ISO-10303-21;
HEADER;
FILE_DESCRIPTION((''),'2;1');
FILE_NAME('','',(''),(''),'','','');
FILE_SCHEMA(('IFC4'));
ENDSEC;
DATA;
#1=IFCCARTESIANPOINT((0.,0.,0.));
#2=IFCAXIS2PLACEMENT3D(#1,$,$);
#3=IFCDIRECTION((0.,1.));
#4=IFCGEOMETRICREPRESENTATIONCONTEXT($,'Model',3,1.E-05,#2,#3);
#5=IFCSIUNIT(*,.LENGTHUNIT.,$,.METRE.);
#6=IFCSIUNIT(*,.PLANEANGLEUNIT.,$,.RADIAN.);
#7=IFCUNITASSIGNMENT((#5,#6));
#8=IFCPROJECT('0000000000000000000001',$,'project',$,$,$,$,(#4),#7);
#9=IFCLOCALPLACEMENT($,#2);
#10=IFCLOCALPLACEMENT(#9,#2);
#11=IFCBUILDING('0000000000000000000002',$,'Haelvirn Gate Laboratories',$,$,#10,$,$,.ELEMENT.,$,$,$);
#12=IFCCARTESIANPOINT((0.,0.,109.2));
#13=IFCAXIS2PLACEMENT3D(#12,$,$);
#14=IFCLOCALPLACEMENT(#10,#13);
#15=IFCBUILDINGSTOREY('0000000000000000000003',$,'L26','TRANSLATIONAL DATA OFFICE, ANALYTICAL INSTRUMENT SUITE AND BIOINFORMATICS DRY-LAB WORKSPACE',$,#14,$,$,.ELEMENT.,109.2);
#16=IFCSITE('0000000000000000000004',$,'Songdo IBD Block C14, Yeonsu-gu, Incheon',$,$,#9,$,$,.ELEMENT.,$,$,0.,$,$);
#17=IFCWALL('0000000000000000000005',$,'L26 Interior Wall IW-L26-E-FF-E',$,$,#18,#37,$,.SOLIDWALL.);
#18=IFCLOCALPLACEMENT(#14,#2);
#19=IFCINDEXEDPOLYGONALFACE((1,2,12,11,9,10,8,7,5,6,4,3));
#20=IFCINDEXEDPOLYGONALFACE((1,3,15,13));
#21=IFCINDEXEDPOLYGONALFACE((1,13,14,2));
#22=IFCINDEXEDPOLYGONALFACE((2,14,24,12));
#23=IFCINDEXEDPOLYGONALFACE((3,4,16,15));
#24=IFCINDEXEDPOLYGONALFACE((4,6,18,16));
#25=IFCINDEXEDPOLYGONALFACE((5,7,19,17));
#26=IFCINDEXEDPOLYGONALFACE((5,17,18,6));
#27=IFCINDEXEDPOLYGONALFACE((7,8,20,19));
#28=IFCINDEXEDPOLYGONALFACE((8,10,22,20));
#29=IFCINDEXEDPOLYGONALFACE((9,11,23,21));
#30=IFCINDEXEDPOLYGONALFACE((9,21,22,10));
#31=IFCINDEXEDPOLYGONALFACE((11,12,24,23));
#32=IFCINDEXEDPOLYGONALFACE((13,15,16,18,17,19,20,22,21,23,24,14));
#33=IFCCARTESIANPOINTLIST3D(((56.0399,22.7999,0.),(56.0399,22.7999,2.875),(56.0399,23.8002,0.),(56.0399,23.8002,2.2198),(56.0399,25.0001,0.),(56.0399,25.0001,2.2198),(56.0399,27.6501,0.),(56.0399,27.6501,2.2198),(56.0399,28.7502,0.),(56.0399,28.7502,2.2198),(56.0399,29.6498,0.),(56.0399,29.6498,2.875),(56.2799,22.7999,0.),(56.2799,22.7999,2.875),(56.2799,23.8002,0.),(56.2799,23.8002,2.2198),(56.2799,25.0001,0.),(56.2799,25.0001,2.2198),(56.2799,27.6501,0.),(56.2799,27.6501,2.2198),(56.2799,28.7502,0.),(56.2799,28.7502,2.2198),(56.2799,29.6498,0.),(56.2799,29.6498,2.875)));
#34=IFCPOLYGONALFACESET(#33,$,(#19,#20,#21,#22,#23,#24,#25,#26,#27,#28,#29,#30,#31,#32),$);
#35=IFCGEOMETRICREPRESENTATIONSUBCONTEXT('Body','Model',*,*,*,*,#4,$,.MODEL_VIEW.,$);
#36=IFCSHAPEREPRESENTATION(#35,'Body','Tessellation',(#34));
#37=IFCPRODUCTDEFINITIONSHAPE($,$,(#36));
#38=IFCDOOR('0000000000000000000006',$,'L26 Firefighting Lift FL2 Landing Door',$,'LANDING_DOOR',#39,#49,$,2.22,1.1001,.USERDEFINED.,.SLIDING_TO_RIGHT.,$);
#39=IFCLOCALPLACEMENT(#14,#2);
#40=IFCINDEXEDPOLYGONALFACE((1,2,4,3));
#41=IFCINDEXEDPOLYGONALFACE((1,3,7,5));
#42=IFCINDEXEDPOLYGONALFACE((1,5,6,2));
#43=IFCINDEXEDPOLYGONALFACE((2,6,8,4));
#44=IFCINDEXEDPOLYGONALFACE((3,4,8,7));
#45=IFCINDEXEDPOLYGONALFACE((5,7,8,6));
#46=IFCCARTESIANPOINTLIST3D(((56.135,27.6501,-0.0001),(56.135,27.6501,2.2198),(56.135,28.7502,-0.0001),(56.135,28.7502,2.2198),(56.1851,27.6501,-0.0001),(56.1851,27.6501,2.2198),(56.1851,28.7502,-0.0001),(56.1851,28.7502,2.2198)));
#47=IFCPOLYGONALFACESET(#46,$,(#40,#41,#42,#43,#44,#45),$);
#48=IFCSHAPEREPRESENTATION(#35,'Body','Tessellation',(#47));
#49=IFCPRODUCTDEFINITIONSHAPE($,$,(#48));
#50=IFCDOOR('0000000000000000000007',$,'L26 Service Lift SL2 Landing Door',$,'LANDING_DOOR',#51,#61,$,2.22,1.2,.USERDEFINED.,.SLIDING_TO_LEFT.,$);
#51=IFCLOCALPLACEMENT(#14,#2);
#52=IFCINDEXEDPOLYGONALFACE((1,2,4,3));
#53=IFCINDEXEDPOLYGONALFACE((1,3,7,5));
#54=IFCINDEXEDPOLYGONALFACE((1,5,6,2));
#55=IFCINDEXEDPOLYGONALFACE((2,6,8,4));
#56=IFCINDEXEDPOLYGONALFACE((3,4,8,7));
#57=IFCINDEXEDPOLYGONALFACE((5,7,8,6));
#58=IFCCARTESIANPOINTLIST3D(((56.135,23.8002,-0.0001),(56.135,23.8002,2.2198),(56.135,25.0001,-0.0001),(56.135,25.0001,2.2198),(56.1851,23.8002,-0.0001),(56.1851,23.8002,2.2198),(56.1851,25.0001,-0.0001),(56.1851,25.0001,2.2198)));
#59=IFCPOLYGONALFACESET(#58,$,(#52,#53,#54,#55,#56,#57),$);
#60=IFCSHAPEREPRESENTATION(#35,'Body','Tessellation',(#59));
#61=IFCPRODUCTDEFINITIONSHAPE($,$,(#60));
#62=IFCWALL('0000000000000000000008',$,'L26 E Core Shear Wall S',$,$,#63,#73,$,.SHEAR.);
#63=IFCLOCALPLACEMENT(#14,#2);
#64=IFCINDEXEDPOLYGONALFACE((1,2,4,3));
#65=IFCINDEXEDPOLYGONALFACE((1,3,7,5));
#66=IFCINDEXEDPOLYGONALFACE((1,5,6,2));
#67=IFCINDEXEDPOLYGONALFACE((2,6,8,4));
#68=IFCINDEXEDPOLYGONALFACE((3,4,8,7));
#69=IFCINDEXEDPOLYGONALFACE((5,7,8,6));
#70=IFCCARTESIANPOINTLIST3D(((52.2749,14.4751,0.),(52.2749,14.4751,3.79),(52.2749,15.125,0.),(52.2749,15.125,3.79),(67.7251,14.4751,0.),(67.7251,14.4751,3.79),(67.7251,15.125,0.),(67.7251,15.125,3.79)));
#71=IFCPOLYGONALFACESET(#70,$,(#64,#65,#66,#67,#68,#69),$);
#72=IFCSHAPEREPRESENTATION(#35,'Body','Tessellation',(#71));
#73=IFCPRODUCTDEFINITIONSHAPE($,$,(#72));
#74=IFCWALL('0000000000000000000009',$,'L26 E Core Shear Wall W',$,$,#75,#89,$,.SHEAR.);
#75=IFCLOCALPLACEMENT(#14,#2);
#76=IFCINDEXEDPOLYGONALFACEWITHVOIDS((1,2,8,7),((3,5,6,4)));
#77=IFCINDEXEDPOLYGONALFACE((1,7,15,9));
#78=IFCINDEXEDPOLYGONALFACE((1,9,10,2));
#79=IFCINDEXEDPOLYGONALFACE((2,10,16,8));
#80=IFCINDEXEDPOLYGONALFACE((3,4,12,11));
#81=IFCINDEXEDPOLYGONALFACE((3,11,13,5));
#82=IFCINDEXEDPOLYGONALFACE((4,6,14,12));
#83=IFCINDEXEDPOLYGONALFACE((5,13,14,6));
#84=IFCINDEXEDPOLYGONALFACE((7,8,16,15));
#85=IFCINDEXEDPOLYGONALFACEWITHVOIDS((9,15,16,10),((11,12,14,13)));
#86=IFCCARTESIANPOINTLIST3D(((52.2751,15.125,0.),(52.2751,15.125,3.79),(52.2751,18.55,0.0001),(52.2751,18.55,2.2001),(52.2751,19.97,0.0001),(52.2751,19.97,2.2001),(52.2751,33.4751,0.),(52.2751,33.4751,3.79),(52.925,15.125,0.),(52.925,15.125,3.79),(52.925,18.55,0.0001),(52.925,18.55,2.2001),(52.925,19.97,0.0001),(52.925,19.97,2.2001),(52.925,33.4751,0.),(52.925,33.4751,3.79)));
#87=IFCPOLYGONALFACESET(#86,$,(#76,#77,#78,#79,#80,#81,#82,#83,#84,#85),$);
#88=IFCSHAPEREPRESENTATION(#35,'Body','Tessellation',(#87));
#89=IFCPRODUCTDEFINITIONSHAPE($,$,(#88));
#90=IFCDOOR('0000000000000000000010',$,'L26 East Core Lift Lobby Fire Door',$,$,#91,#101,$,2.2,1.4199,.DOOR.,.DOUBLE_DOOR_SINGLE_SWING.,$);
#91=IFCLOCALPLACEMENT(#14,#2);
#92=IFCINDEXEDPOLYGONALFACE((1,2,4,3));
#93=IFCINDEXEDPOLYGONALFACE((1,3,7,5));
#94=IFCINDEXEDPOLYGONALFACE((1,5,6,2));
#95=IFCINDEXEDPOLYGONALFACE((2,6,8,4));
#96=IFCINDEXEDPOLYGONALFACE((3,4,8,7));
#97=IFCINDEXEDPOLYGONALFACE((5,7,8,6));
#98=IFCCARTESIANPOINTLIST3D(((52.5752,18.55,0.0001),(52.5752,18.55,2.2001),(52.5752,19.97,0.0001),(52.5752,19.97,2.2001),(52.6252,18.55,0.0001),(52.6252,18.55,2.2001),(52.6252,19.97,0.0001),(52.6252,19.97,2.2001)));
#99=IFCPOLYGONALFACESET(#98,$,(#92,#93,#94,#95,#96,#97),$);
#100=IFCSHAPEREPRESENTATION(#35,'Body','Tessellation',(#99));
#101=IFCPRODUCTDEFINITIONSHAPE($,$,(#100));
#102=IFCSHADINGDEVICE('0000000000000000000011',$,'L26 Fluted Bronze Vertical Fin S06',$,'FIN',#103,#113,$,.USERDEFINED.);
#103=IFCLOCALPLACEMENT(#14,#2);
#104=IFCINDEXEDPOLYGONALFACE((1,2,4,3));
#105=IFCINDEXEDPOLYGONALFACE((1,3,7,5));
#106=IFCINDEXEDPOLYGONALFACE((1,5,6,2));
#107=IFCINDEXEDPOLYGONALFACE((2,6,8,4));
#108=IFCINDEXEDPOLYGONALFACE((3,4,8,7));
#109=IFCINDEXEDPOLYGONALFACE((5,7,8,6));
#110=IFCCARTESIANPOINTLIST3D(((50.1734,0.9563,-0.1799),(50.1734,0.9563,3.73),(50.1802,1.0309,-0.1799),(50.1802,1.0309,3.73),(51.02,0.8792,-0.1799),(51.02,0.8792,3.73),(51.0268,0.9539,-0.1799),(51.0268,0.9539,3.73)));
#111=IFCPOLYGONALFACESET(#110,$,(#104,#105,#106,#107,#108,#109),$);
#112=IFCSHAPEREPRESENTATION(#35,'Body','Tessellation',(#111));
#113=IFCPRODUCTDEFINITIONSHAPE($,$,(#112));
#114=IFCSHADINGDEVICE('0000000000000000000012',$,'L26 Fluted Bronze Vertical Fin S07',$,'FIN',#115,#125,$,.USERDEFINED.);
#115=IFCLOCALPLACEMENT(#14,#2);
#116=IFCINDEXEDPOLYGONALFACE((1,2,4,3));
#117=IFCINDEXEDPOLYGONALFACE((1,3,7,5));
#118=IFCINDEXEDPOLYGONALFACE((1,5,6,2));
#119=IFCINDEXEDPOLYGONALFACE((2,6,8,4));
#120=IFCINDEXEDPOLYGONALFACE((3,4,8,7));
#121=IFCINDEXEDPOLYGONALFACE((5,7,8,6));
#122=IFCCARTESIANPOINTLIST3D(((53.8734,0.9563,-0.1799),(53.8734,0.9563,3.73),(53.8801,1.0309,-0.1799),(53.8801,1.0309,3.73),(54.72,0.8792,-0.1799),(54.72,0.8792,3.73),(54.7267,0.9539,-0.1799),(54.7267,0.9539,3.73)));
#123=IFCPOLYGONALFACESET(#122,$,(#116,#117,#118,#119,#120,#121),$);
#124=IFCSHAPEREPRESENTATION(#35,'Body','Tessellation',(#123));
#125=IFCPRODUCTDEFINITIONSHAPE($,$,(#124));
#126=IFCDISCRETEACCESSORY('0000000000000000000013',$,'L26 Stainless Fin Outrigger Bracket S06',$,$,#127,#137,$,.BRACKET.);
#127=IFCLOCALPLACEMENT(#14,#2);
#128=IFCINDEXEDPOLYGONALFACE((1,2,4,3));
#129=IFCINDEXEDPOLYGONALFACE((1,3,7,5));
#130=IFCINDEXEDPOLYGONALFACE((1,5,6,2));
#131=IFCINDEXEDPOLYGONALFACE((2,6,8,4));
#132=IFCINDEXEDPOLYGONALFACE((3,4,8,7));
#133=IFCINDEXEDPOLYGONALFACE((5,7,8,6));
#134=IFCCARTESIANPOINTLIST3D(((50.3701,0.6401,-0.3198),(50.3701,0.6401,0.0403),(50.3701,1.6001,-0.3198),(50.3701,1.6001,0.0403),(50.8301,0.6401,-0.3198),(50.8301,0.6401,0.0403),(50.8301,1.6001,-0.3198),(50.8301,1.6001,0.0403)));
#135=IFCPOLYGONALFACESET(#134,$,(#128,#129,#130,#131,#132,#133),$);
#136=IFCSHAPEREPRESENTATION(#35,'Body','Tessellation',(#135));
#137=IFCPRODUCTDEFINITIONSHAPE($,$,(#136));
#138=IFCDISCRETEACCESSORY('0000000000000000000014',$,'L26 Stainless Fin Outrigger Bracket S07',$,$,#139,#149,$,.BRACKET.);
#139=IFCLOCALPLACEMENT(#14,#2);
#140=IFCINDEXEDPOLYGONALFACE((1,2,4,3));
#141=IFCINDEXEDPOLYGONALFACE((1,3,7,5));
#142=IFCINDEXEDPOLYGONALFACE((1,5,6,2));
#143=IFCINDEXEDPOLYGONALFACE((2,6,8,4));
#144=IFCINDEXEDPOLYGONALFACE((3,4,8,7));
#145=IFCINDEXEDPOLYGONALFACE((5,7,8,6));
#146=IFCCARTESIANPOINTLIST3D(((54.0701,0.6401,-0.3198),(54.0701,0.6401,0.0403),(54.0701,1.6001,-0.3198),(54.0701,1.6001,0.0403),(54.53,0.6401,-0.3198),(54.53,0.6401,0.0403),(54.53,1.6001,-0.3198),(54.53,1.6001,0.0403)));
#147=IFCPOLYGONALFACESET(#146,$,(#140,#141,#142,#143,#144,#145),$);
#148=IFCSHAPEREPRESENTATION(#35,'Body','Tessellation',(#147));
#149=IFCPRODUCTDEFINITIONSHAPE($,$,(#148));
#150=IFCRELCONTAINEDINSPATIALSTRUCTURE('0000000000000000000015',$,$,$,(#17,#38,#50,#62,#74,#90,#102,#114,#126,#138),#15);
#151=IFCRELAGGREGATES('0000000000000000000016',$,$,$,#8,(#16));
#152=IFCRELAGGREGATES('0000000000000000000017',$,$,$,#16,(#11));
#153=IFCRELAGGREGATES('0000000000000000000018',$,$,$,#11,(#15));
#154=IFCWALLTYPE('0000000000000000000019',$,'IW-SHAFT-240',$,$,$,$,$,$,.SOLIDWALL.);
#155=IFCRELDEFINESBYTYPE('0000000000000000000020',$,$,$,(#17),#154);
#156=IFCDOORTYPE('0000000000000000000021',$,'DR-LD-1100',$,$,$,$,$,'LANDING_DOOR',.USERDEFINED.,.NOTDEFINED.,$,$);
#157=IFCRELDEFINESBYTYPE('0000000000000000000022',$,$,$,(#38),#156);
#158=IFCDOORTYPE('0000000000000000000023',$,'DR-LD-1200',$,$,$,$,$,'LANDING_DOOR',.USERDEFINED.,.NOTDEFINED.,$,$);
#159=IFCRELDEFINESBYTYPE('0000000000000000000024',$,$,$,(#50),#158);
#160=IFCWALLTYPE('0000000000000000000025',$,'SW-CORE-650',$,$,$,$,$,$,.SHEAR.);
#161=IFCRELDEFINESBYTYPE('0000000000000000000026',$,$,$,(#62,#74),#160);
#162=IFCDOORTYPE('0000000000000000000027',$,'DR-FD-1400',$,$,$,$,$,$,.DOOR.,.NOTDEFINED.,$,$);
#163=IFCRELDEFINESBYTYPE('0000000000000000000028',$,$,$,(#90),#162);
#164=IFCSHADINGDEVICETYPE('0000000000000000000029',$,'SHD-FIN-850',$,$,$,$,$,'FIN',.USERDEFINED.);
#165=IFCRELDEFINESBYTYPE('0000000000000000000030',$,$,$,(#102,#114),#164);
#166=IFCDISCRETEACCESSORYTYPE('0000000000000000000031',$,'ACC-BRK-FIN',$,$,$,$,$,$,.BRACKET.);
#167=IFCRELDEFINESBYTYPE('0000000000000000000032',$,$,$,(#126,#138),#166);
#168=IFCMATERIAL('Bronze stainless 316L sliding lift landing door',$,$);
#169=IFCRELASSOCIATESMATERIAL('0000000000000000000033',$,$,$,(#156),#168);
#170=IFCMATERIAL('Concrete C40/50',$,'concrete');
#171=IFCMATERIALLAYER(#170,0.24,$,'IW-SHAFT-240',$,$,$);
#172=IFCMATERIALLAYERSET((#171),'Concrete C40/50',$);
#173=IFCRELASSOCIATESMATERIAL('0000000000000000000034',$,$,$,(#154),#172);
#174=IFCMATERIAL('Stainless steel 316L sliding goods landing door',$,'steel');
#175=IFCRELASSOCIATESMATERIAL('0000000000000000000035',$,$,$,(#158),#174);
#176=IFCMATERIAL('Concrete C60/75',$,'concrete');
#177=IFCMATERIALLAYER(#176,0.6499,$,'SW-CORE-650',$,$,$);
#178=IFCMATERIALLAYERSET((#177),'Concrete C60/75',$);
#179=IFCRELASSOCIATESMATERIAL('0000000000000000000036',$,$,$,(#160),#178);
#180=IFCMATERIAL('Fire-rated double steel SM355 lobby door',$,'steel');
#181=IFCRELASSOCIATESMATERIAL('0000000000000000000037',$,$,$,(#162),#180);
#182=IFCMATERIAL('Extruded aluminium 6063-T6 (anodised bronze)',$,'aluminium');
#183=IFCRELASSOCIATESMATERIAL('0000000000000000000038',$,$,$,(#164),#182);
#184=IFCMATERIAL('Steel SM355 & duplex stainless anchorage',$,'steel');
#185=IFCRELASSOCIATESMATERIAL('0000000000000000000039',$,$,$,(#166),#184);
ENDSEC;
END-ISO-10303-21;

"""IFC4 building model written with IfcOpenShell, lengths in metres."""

from ifc_helpers import new_model, si_unit, direction, frame, frame_2d, origin, origin_2d, place, context, subcontext, project, spatial, rectangle, extrude, source, transform, mapped, material, layer, layer_set, material_profile, profile_set, type_object, type_shapes, element, fill, save


model = new_model("IFC4")

# Units and contexts
model_context = context("Model", 3, precision=1e-05, world=origin(), true_north=direction((0.0, 1.0)))
body_context = subcontext(model_context, "Body", "Model", "MODEL_VIEW")
ifc_project = project(units=[si_unit("LENGTHUNIT", "METRE"), si_unit("PLANEANGLEUNIT", "RADIAN")], contexts=[model_context])

# Site, building, storey
site_placement = place(None, origin())
site = spatial("IfcSite", under=ifc_project, at=site_placement, Name="Songdo IBD Block C14, Yeonsu-gu, Incheon", CompositionType="ELEMENT", RefElevation=0.0)
building_placement = place(site_placement, origin())
building = spatial("IfcBuilding", under=site, at=building_placement, Name="Haelvirn Gate Laboratories", CompositionType="ELEMENT")
storey_placement = place(building_placement, frame((0.0, 0.0, 109.2)))
storey = spatial("IfcBuildingStorey", under=building, at=storey_placement, Name="L26", Description="TRANSLATIONAL DATA OFFICE, ANALYTICAL INSTRUMENT SUITE AND BIOINFORMATICS DRY-LAB WORKSPACE", CompositionType="ELEMENT", Elevation=109.2)

# Shared definitions
ifc_material_1 = material(Name="Concrete C60/75", Category="concrete")

# Shared definitions
ifc_material_2 = material(Name="Extruded aluminium 6063-T6 (anodised bronze)", Category="aluminium")

# Shared definitions
ifc_material_3 = material(Name="Concrete C40/50", Category="concrete")

# Shared definitions
ifc_material_4 = material(Name="Bronze stainless 316L sliding lift landing door")
door_type_1 = type_object("IfcDoorType", Name="DR-LD-1100", ElementType="LANDING_DOOR", OperationType="NOTDEFINED", PredefinedType="USERDEFINED", material=ifc_material_4)
shared_shape_1 = source(origin(), body_context, "Body", "SweptSolid", [
    extrude(rectangle(XDim=1.1001, YDim=2.22, at=frame_2d((0.55, 1.1099))), frame((0.0, 0.0249, 0.0), z_axis=(0.0, -1.0, 0.0), x_axis=(1.0, 0.0, 0.0)), (0.0, 0.0, 1.0), 0.05),
])
type_shapes(door_type_1, [shared_shape_1])

# Wall, openings, doors
ifc_layer_1 = layer(ifc_material_3, 0.24, Name="IW-SHAFT-240")
ifc_layer_set_1 = layer_set([ifc_layer_1], Name="Concrete C40/50")
wall_type_1 = type_object("IfcWallType", Name="IW-SHAFT-240", PredefinedType="SOLIDWALL", material=ifc_layer_set_1)
wall_1_placement = place(storey_placement, frame((56.1599, 22.8, 0.0), z_axis=(0.0, 0.0, 1.0), x_axis=(0.0, 1.0, 0.0)))
wall_1 = element("IfcWall", 1, at=wall_1_placement, inside=storey, type_object=wall_type_1, Name="L26 Interior Wall IW-L26-E-FF-E", PredefinedType="SOLIDWALL", context=body_context, shape_type="SweptSolid", body=[
    extrude(rectangle(XDim=6.8499, YDim=0.24, at=frame_2d((3.4248, 0.0))), origin(), (0.0, 0.0, 1.0), 2.875),
])
opening_1_placement = place(wall_1_placement, frame((4.8501, 0.0, 0.0)))
opening_1 = element("IfcOpeningElement", 2, at=opening_1_placement, cuts=wall_1, PredefinedType="OPENING", context=body_context, shape_type="SweptSolid", body=[
    extrude(rectangle(XDim=1.1001, YDim=2.22, at=frame_2d((0.55, 1.1099))), frame((0.0, 0.1299, 0.0), z_axis=(0.0, -1.0, 0.0), x_axis=(1.0, 0.0, 0.0)), (0.0, 0.0, 1.0), 0.26),
])
opening_2_placement = place(wall_1_placement, frame((1.0, 0.0, 0.0)))
opening_2 = element("IfcOpeningElement", 3, at=opening_2_placement, cuts=wall_1, PredefinedType="OPENING", context=body_context, shape_type="SweptSolid", body=[
    extrude(rectangle(XDim=1.2, YDim=2.22, at=frame_2d((0.6001, 1.1099))), frame((0.0, 0.1299, 0.0), z_axis=(0.0, -1.0, 0.0), x_axis=(1.0, 0.0, 0.0)), (0.0, 0.0, 1.0), 0.26),
])
door_1_placement = place(opening_1_placement, origin())
door_1 = element("IfcDoor", 4, at=door_1_placement, inside=storey, type_object=door_type_1, Name="L26 Firefighting Lift FL2 Landing Door", ObjectType="LANDING_DOOR", OperationType="SLIDING_TO_RIGHT", OverallHeight=2.22, OverallWidth=1.1001, PredefinedType="USERDEFINED", context=body_context, shape_type="MappedRepresentation", body=[
    mapped(shared_shape_1, transform((0.0, 0.0, 0.0), scale=1.0)),
])
fill(opening_1, door_1)
ifc_material_5 = material(Name="Stainless steel 316L sliding goods landing door", Category="steel")
door_type_2 = type_object("IfcDoorType", Name="DR-LD-1200", ElementType="LANDING_DOOR", OperationType="NOTDEFINED", PredefinedType="USERDEFINED", material=ifc_material_5)
shared_shape_2 = source(origin(), body_context, "Body", "SweptSolid", [
    extrude(rectangle(XDim=1.2, YDim=2.22, at=frame_2d((0.6001, 1.1099))), frame((0.0, 0.0249, 0.0), z_axis=(0.0, -1.0, 0.0), x_axis=(1.0, 0.0, 0.0)), (0.0, 0.0, 1.0), 0.05),
])
type_shapes(door_type_2, [shared_shape_2])
door_2_placement = place(opening_2_placement, origin())
door_2 = element("IfcDoor", 5, at=door_2_placement, inside=storey, type_object=door_type_2, Name="L26 Service Lift SL2 Landing Door", ObjectType="LANDING_DOOR", OperationType="SLIDING_TO_LEFT", OverallHeight=2.22, OverallWidth=1.2, PredefinedType="USERDEFINED", context=body_context, shape_type="MappedRepresentation", body=[
    mapped(shared_shape_2, transform((0.0, 0.0, 0.0), scale=1.0)),
])
fill(opening_2, door_2)

# Wall
ifc_layer_2 = layer(ifc_material_1, 0.6499, Name="SW-CORE-650")
ifc_layer_set_2 = layer_set([ifc_layer_2], Name="Concrete C60/75")
wall_type_2 = type_object("IfcWallType", Name="SW-CORE-650", PredefinedType="SHEAR", material=ifc_layer_set_2)
wall_2_placement = place(storey_placement, frame((52.2749, 14.8, 0.0), z_axis=(0.0, 0.0, 1.0), x_axis=(1.0, 0.0, 0.0)))
element("IfcWall", 6, at=wall_2_placement, inside=storey, type_object=wall_type_2, Name="L26 E Core Shear Wall S", PredefinedType="SHEAR", context=body_context, shape_type="SweptSolid", body=[
    extrude(rectangle(XDim=15.4502, YDim=0.6499, at=frame_2d((7.7251, 0.0))), origin(), (0.0, 0.0, 1.0), 3.79),
])

# Wall, opening, door
wall_3_placement = place(storey_placement, frame((52.6001, 15.125, 0.0), z_axis=(0.0, 0.0, 1.0), x_axis=(0.0, 1.0, 0.0)))
wall_3 = element("IfcWall", 7, at=wall_3_placement, inside=storey, type_object=wall_type_2, Name="L26 E Core Shear Wall W", PredefinedType="SHEAR", context=body_context, shape_type="SweptSolid", body=[
    extrude(rectangle(XDim=18.3501, YDim=0.6499, at=frame_2d((9.175, 0.0))), origin(), (0.0, 0.0, 1.0), 3.79),
])
opening_3_placement = place(wall_3_placement, frame((3.425, 0.0, 0.0)))
opening_3 = element("IfcOpeningElement", 8, at=opening_3_placement, cuts=wall_3, PredefinedType="OPENING", context=body_context, shape_type="SweptSolid", body=[
    extrude(rectangle(XDim=1.4199, YDim=2.2, at=frame_2d((0.71, 1.1001))), frame((0.0, 0.335, 0.0), z_axis=(0.0, -1.0, 0.0), x_axis=(1.0, 0.0, 0.0)), (0.0, 0.0, 1.0), 0.6699),
])
ifc_material_6 = material(Name="Fire-rated double steel SM355 lobby door", Category="steel")
door_type_3 = type_object("IfcDoorType", Name="DR-FD-1400", OperationType="NOTDEFINED", PredefinedType="DOOR", material=ifc_material_6)
shared_shape_3 = source(origin(), body_context, "Body", "SweptSolid", [
    extrude(rectangle(XDim=1.4199, YDim=2.2, at=frame_2d((0.71, 1.1001))), frame((0.0, 0.0249, 0.0), z_axis=(0.0, -1.0, 0.0), x_axis=(1.0, 0.0, 0.0)), (0.0, 0.0, 1.0), 0.05),
])
type_shapes(door_type_3, [shared_shape_3])
door_3_placement = place(opening_3_placement, origin())
door_3 = element("IfcDoor", 9, at=door_3_placement, inside=storey, type_object=door_type_3, Name="L26 East Core Lift Lobby Fire Door", OperationType="DOUBLE_DOOR_SINGLE_SWING", OverallHeight=2.2, OverallWidth=1.4199, PredefinedType="DOOR", context=body_context, shape_type="MappedRepresentation", body=[
    mapped(shared_shape_3, transform((0.0, 0.0, 0.0), scale=1.0)),
])
fill(opening_3, door_3)

# Shading devices
ifc_material_profile_1 = material_profile(ifc_material_2, rectangle(XDim=0.075, YDim=0.8501, at=origin_2d()), Name="FIN-850x75")
ifc_profile_set_1 = profile_set([ifc_material_profile_1], Name="Extruded aluminium 6063-T6 (anodised bronze)")
shading_device_type = type_object("IfcShadingDeviceType", Name="SHD-FIN-850", ElementType="FIN", PredefinedType="USERDEFINED", material=ifc_profile_set_1)
shared_shape_4 = source(origin(), body_context, "Body", "SweptSolid", [
    extrude(rectangle(XDim=0.075, YDim=0.8501, at=origin_2d()), origin(), (0.0, 0.0, 1.0), 3.9099),
])
type_shapes(shading_device_type, [shared_shape_4])
for number, where, z_axis, x_axis, name in (
    (10, (50.6001, 0.9551, -0.1799), (0.0, 0.0, 1.0), (0.090633, 0.995884, 0.0), "L26 Fluted Bronze Vertical Fin S06"),
    (11, (54.3, 0.9551, -0.1799), (0.0, 0.0, 1.0), (0.090633, 0.995884, 0.0), "L26 Fluted Bronze Vertical Fin S07"),
):
    element("IfcShadingDevice", number, at=place(storey_placement, frame(where, z_axis=z_axis, x_axis=x_axis)), inside=storey, type_object=shading_device_type, Name=name, ObjectType="FIN", PredefinedType="USERDEFINED", context=body_context, shape_type="MappedRepresentation", body=[
        mapped(shared_shape_4, transform((0.0, 0.0, 0.0), scale=1.0)),
    ])

# Discrete accessories
ifc_material_7 = material(Name="Steel SM355 & duplex stainless anchorage", Category="steel")
discrete_accessory_type = type_object("IfcDiscreteAccessoryType", Name="ACC-BRK-FIN", PredefinedType="BRACKET", material=ifc_material_7)
shared_shape_5 = source(origin(), body_context, "Body", "SweptSolid", [
    extrude(rectangle(XDim=0.46, YDim=0.96, at=origin_2d()), origin(), (0.0, 0.0, 1.0), 0.3601),
])
type_shapes(discrete_accessory_type, [shared_shape_5])
for number, where, z_axis, x_axis, name in (
    (12, (50.6001, 1.1201, -0.3198), (0.0, 0.0, 1.0), (1.0, 0.0, 0.0), "L26 Stainless Fin Outrigger Bracket S06"),
    (13, (54.3, 1.1201, -0.3198), (0.0, 0.0, 1.0), (1.0, 0.0, 0.0), "L26 Stainless Fin Outrigger Bracket S07"),
):
    element("IfcDiscreteAccessory", number, at=place(storey_placement, frame(where, z_axis=z_axis, x_axis=x_axis)), inside=storey, type_object=discrete_accessory_type, Name=name, PredefinedType="BRACKET", context=body_context, shape_type="MappedRepresentation", body=[
        mapped(shared_shape_5, transform((0.0, 0.0, 0.0), scale=1.0)),
    ])

save(model, "model.ifc")
